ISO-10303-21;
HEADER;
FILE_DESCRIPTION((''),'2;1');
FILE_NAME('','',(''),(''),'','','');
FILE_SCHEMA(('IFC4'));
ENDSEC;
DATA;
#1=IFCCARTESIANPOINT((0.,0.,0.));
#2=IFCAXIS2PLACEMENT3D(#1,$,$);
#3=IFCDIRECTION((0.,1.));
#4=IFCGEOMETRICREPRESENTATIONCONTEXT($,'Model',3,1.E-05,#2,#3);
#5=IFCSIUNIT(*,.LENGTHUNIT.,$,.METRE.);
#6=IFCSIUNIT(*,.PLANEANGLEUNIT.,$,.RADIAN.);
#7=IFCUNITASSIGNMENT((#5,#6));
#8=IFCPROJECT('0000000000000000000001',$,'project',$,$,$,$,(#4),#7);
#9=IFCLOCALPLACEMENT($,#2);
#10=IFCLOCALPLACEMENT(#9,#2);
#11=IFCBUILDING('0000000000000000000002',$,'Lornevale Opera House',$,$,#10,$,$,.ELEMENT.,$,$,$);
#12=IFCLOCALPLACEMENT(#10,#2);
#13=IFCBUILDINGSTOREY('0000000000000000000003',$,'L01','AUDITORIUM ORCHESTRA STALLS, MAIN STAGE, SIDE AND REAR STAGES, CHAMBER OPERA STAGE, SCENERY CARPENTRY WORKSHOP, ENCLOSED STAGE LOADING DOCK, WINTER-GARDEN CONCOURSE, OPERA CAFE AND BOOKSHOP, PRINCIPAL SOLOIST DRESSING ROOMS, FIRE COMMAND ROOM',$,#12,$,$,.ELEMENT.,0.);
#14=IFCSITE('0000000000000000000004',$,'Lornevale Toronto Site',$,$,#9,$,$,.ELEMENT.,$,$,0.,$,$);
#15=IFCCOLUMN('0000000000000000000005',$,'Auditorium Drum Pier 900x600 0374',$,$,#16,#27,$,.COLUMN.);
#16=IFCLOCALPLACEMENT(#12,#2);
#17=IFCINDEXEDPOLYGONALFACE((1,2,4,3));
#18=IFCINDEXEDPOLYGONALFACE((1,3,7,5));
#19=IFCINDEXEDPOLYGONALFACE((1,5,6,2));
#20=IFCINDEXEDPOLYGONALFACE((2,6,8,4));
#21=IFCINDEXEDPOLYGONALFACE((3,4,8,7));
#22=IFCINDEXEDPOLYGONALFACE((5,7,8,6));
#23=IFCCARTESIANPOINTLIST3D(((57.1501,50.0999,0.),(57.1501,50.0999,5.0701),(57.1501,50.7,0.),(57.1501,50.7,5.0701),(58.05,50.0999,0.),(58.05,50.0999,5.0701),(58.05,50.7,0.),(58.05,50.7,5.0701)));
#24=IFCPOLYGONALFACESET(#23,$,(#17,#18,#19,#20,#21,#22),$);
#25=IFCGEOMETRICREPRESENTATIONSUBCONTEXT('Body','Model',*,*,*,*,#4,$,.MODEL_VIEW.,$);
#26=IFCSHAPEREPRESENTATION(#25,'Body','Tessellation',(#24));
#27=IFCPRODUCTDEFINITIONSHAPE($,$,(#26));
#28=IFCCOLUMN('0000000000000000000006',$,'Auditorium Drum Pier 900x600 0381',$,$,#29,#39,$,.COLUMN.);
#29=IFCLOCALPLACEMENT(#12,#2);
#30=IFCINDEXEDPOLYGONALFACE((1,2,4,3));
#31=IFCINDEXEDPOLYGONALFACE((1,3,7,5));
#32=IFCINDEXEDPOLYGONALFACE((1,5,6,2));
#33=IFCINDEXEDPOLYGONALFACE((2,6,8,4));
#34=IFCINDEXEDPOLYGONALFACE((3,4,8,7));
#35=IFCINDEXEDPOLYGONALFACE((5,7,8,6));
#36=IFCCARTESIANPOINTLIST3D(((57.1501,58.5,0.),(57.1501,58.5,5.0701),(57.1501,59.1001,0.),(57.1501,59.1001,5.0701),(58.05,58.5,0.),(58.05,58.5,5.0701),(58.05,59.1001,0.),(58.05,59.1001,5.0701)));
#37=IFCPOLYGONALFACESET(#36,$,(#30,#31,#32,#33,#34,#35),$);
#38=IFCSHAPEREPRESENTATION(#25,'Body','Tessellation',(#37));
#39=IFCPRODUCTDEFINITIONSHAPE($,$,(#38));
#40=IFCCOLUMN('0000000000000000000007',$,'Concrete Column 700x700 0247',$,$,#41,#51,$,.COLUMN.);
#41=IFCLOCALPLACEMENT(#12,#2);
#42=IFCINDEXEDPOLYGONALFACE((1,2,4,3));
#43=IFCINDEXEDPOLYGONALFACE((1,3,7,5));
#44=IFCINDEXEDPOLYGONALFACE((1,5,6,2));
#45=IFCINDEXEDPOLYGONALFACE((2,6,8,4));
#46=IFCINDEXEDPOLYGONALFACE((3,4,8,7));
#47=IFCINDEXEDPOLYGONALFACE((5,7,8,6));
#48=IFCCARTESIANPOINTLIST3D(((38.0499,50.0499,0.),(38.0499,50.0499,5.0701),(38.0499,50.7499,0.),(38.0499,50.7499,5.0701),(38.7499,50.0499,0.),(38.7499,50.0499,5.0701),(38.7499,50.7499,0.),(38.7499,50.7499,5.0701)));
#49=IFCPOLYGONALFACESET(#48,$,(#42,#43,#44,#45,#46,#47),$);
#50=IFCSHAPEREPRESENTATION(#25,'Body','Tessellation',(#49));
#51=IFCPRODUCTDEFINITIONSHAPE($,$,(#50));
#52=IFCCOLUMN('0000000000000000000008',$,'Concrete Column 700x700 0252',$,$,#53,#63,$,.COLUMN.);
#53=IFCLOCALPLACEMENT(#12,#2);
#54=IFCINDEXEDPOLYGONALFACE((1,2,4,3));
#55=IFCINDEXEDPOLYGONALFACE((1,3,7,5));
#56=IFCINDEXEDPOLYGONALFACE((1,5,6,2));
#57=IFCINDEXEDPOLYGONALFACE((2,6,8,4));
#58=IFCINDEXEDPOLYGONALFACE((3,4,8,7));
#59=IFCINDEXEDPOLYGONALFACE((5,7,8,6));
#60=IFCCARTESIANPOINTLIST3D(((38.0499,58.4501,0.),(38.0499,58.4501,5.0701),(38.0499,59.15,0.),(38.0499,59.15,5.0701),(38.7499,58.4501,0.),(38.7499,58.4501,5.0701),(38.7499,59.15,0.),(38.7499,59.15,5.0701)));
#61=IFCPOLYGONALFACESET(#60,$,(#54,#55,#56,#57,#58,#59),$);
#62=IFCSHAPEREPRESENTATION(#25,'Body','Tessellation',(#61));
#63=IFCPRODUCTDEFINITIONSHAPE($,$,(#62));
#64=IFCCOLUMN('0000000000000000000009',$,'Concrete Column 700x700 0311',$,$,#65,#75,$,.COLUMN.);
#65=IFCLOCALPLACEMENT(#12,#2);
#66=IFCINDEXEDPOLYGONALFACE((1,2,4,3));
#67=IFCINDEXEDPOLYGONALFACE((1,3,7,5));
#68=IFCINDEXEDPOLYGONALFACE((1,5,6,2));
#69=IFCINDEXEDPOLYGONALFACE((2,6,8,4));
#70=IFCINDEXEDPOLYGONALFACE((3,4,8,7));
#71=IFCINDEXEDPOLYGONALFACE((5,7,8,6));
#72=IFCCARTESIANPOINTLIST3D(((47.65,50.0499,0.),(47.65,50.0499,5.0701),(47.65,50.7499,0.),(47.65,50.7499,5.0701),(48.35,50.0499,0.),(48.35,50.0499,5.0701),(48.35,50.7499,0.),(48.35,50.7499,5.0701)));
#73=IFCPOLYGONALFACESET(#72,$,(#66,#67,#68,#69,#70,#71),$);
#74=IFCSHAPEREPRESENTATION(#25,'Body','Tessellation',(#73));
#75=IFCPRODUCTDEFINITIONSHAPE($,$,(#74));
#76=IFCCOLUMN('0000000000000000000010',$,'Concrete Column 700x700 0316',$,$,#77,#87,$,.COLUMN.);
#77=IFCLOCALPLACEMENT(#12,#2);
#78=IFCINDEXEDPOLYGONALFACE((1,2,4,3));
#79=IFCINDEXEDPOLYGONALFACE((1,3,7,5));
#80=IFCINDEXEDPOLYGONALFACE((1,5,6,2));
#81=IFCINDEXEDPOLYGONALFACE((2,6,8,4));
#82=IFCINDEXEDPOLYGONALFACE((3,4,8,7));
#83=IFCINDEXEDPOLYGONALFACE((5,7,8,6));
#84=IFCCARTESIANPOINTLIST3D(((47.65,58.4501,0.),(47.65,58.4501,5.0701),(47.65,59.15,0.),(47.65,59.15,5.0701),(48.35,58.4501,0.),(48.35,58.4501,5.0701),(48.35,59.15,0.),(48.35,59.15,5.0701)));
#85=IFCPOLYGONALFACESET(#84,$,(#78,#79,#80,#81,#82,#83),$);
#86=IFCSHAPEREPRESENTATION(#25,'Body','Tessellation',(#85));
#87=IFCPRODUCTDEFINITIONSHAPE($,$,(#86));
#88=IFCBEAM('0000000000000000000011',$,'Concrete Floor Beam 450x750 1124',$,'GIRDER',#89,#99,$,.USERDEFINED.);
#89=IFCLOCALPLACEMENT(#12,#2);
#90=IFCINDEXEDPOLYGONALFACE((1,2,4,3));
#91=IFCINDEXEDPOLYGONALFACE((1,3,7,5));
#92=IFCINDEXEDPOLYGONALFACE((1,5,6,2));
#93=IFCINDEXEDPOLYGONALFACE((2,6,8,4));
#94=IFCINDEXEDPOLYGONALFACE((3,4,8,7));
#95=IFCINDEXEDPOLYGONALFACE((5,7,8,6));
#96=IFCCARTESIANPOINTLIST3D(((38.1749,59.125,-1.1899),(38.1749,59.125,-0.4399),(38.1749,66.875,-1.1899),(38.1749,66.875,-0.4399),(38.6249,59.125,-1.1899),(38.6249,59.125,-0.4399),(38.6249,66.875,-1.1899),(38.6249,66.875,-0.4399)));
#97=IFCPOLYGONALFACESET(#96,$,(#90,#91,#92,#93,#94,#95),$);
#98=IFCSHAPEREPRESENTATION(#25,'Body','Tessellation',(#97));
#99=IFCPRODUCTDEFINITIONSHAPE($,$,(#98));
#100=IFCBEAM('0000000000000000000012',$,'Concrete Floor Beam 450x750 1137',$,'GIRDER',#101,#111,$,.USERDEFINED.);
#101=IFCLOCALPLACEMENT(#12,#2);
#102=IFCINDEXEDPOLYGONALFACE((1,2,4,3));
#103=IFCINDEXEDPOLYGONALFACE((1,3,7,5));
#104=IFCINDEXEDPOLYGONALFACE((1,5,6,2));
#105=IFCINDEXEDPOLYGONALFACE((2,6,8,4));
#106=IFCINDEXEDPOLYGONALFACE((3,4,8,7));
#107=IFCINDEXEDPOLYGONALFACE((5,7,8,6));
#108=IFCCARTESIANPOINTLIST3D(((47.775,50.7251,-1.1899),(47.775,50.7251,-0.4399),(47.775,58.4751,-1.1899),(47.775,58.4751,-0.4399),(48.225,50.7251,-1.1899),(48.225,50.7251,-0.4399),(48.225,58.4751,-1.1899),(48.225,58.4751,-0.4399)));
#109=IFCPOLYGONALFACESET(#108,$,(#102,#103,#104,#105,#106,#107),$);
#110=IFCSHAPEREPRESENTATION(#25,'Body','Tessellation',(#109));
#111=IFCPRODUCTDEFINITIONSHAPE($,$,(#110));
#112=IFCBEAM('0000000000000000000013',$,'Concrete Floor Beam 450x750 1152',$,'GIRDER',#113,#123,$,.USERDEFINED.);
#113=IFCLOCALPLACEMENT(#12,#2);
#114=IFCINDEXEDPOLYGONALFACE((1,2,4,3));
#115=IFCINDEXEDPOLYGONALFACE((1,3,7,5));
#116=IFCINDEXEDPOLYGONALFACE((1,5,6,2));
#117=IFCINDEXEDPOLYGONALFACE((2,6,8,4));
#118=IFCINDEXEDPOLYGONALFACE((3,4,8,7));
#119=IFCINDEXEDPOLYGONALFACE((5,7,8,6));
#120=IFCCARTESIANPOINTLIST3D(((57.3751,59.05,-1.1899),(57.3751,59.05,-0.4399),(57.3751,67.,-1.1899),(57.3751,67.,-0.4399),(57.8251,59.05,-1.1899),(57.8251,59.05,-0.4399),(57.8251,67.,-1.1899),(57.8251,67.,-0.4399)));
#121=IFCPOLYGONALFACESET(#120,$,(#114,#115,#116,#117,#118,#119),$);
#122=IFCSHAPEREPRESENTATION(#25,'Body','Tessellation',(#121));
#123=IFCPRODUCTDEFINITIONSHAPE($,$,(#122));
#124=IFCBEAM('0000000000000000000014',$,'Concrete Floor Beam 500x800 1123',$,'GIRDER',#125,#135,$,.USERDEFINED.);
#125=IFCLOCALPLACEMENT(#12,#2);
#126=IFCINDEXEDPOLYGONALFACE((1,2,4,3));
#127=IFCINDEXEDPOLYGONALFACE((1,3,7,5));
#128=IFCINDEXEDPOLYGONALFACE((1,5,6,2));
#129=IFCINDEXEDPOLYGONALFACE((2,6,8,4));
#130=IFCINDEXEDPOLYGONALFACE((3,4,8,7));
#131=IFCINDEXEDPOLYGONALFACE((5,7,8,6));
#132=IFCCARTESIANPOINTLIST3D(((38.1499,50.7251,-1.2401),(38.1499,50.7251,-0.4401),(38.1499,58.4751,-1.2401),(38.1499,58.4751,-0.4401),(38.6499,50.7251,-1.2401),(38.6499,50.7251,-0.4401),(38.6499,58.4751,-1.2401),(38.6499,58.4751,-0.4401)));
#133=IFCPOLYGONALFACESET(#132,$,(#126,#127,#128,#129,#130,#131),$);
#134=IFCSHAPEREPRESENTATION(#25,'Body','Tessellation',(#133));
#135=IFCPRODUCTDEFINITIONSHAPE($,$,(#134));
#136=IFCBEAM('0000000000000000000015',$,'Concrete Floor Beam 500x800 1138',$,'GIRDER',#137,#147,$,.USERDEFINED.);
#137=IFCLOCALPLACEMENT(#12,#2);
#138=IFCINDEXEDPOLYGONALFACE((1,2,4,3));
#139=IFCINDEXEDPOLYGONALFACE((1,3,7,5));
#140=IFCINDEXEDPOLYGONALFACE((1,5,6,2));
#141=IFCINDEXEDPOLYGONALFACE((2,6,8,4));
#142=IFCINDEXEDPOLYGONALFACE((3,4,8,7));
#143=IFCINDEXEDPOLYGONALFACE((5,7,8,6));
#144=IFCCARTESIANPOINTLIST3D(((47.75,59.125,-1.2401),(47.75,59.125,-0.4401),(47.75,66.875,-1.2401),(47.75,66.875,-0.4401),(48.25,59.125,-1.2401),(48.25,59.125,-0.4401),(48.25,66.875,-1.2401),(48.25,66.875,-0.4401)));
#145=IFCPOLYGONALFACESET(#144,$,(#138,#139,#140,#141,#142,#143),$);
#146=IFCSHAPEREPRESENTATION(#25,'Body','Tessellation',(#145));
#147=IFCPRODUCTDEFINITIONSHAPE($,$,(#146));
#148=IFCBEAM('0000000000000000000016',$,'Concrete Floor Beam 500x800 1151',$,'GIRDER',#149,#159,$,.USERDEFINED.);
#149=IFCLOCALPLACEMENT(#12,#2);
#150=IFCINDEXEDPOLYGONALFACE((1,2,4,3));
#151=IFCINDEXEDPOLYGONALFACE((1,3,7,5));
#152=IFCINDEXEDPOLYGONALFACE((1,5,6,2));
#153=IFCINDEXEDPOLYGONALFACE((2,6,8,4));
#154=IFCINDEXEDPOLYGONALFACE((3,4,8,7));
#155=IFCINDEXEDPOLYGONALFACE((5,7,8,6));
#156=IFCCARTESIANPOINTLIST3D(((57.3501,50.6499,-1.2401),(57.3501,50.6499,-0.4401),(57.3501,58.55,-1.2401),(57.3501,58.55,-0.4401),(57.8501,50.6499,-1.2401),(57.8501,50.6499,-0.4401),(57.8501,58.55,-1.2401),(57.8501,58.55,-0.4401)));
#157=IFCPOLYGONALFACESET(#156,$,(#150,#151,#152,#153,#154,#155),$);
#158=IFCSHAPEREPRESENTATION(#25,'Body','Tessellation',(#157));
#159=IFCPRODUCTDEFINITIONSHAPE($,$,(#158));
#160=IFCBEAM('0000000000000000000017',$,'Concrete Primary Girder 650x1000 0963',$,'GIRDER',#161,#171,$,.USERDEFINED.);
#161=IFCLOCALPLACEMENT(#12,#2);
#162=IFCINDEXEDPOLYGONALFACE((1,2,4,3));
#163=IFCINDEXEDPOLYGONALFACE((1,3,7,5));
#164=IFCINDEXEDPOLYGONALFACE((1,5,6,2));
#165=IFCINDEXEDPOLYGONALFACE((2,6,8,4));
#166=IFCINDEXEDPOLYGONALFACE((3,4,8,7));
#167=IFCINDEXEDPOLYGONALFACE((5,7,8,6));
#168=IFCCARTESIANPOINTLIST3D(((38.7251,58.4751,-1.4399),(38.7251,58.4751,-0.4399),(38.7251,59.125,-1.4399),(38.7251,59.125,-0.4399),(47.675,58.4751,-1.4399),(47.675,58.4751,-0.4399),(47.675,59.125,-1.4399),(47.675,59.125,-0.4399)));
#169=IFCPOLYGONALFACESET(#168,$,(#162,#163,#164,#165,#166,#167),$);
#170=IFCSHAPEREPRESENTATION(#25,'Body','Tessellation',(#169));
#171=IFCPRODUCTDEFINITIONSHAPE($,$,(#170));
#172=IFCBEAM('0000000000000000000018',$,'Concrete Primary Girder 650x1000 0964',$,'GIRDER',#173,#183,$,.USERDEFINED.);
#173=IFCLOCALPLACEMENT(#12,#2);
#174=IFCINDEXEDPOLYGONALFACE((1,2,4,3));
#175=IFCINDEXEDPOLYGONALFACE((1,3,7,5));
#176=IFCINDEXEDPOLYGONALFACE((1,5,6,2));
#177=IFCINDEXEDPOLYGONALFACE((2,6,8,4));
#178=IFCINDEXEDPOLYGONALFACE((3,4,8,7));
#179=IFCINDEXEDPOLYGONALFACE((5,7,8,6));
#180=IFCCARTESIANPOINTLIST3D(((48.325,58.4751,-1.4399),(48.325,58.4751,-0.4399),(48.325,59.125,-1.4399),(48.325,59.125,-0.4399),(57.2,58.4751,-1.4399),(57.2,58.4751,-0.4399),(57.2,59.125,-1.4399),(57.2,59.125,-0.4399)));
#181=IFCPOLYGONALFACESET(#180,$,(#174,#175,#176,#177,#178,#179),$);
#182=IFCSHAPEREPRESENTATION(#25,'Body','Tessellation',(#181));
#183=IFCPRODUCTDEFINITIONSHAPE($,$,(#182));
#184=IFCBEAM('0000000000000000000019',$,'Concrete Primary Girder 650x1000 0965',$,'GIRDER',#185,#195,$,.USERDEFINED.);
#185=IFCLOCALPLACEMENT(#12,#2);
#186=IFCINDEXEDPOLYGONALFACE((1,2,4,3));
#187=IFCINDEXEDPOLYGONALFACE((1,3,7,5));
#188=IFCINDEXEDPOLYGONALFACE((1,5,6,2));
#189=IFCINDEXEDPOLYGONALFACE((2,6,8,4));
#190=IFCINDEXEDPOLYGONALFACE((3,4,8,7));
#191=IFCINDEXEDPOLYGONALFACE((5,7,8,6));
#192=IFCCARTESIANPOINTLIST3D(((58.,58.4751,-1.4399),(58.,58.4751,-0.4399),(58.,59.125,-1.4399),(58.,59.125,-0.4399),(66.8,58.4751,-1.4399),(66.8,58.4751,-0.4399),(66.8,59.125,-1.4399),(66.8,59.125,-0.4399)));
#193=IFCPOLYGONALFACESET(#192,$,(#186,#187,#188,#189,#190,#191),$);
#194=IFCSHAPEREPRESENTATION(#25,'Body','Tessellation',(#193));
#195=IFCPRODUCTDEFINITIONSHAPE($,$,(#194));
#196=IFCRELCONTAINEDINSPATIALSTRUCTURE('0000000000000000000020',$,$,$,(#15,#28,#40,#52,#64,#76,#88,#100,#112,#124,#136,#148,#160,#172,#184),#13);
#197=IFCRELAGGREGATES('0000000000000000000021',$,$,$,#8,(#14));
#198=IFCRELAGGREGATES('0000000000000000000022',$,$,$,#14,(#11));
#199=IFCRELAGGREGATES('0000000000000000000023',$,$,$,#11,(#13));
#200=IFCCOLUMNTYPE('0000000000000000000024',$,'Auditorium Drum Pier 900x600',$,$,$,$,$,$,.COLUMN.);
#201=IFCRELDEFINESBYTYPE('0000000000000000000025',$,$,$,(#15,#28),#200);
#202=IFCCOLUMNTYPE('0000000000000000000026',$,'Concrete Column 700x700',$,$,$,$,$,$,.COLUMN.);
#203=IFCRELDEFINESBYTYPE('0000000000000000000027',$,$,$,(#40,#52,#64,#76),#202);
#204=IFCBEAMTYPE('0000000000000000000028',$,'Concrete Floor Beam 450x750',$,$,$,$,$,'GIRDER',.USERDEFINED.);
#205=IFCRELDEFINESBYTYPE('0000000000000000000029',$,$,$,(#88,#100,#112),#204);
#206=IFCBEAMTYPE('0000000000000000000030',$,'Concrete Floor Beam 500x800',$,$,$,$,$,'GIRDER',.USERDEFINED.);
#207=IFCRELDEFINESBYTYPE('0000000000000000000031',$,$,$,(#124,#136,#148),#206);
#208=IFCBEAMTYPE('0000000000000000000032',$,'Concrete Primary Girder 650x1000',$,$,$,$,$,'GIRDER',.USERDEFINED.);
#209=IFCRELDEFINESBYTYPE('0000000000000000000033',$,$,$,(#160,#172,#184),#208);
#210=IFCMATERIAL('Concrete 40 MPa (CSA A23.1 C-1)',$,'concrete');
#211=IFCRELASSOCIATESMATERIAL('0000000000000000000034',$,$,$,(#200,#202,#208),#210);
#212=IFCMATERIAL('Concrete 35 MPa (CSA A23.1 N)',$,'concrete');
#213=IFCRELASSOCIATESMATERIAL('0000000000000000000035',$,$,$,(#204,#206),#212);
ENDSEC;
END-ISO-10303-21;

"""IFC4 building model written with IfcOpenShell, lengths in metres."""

from ifc_helpers import new_model, si_unit, direction, frame, origin, origin_2d, place, context, subcontext, project, spatial, rectangle, extrude, material, material_profile, profile_set, type_object, element, save


model = new_model("IFC4")

# Units and contexts
model_context = context("Model", 3, precision=1e-05, world=origin(), true_north=direction((0.0, 1.0)))
body_context = subcontext(model_context, "Body", "Model", "MODEL_VIEW")
ifc_project = project(units=[si_unit("LENGTHUNIT", "METRE"), si_unit("PLANEANGLEUNIT", "RADIAN")], contexts=[model_context])

# Site, building, storey
site_placement = place(None, origin())
site = spatial("IfcSite", under=ifc_project, at=site_placement, Name="Lornevale Toronto Site", CompositionType="ELEMENT", RefElevation=0.0)
building_placement = place(site_placement, origin())
building = spatial("IfcBuilding", under=site, at=building_placement, Name="Lornevale Opera House", CompositionType="ELEMENT")
storey_placement = place(building_placement, origin())
storey = spatial("IfcBuildingStorey", under=building, at=storey_placement, Name="L01", Description="AUDITORIUM ORCHESTRA STALLS, MAIN STAGE, SIDE AND REAR STAGES, CHAMBER OPERA STAGE, SCENERY CARPENTRY WORKSHOP, ENCLOSED STAGE LOADING DOCK, WINTER-GARDEN CONCOURSE, OPERA CAFE AND BOOKSHOP, PRINCIPAL SOLOIST DRESSING ROOMS, FIRE COMMAND ROOM", CompositionType="ELEMENT", Elevation=0.0)

# Columns
ifc_material_1 = material(Name="Concrete 40 MPa (CSA A23.1 C-1)", Category="concrete")
ifc_material_profile_1 = material_profile(ifc_material_1, rectangle(XDim=0.8999, YDim=0.6001, at=origin_2d()), Name="RC900x600")
ifc_profile_set_1 = profile_set([ifc_material_profile_1], Name="Concrete 40 MPa (CSA A23.1 C-1)")
column_type_1 = type_object("IfcColumnType", Name="Auditorium Drum Pier 900x600", PredefinedType="COLUMN", material=ifc_profile_set_1)
for number, where, z_axis, x_axis, name in (
    (1, (57.6001, 50.3999, 0.0), (0.0, 0.0, 1.0), (1.0, 0.0, 0.0), "Auditorium Drum Pier 900x600 0374"),
    (2, (57.6001, 58.8, 0.0), (0.0, 0.0, 1.0), (1.0, 0.0, 0.0), "Auditorium Drum Pier 900x600 0381"),
):
    element("IfcColumn", number, at=place(storey_placement, frame(where, z_axis=z_axis, x_axis=x_axis)), inside=storey, type_object=column_type_1, Name=name, PredefinedType="COLUMN", context=body_context, shape_type="SweptSolid", body=[
        extrude(rectangle(XDim=0.8999, YDim=0.6001, at=origin_2d()), origin(), (0.0, 0.0, 1.0), 5.0701),
    ])
ifc_material_profile_2 = material_profile(ifc_material_1, rectangle(XDim=0.7, YDim=0.7, at=origin_2d()), Name="RC700x700")
ifc_profile_set_2 = profile_set([ifc_material_profile_2], Name="Concrete 40 MPa (CSA A23.1 C-1)")
column_type_2 = type_object("IfcColumnType", Name="Concrete Column 700x700", PredefinedType="COLUMN", material=ifc_profile_set_2)
for number, where, z_axis, x_axis, name in (
    (3, (38.3999, 50.3999, 0.0), (0.0, 0.0, 1.0), (1.0, 0.0, 0.0), "Concrete Column 700x700 0247"),
    (4, (38.3999, 58.8, 0.0), (0.0, 0.0, 1.0), (1.0, 0.0, 0.0), "Concrete Column 700x700 0252"),
    (5, (48.0, 50.3999, 0.0), (0.0, 0.0, 1.0), (1.0, 0.0, 0.0), "Concrete Column 700x700 0311"),
    (6, (48.0, 58.8, 0.0), (0.0, 0.0, 1.0), (1.0, 0.0, 0.0), "Concrete Column 700x700 0316"),
):
    element("IfcColumn", number, at=place(storey_placement, frame(where, z_axis=z_axis, x_axis=x_axis)), inside=storey, type_object=column_type_2, Name=name, PredefinedType="COLUMN", context=body_context, shape_type="SweptSolid", body=[
        extrude(rectangle(XDim=0.7, YDim=0.7, at=origin_2d()), origin(), (0.0, 0.0, 1.0), 5.0701),
    ])

# Beams
ifc_material_2 = material(Name="Concrete 35 MPa (CSA A23.1 N)", Category="concrete")
ifc_material_profile_3 = material_profile(ifc_material_2, rectangle(XDim=0.45, YDim=0.75, at=origin_2d()), Name="RC450x750")
ifc_profile_set_3 = profile_set([ifc_material_profile_3], Name="Concrete 35 MPa (CSA A23.1 N)")
beam_type_1 = type_object("IfcBeamType", Name="Concrete Floor Beam 450x750", ElementType="GIRDER", PredefinedType="USERDEFINED", material=ifc_profile_set_3)
for number, where, z_axis, x_axis, name in (
    (7, (38.3999, 59.125, -0.8149), (0.0, 1.0, 0.0), (-1.0, 0.0, 0.0), "Concrete Floor Beam 450x750 1124"),
    (8, (48.0, 50.7251, -0.8149), (0.0, 1.0, 0.0), (-1.0, 0.0, 0.0), "Concrete Floor Beam 450x750 1137"),
):
    element("IfcBeam", number, at=place(storey_placement, frame(where, z_axis=z_axis, x_axis=x_axis)), inside=storey, type_object=beam_type_1, Name=name, ObjectType="GIRDER", PredefinedType="USERDEFINED", context=body_context, shape_type="SweptSolid", body=[
        extrude(rectangle(XDim=0.45, YDim=0.75, at=origin_2d()), origin(), (0.0, 0.0, 1.0), 7.75),
    ])
beam_1_placement = place(storey_placement, frame((57.6001, 59.05, -0.8149), z_axis=(0.0, 1.0, 0.0), x_axis=(-1.0, 0.0, 0.0)))
element("IfcBeam", 9, at=beam_1_placement, inside=storey, type_object=beam_type_1, Name="Concrete Floor Beam 450x750 1152", ObjectType="GIRDER", PredefinedType="USERDEFINED", context=body_context, shape_type="SweptSolid", body=[
    extrude(rectangle(XDim=0.45, YDim=0.75, at=origin_2d()), origin(), (0.0, 0.0, 1.0), 7.95),
])
ifc_material_profile_4 = material_profile(ifc_material_2, rectangle(XDim=0.5, YDim=0.8, at=origin_2d()), Name="RC500x800")
ifc_profile_set_4 = profile_set([ifc_material_profile_4], Name="Concrete 35 MPa (CSA A23.1 N)")
beam_type_2 = type_object("IfcBeamType", Name="Concrete Floor Beam 500x800", ElementType="GIRDER", PredefinedType="USERDEFINED", material=ifc_profile_set_4)
for number, where, z_axis, x_axis, name in (
    (10, (38.3999, 50.7251, -0.8401), (0.0, 1.0, 0.0), (-1.0, 0.0, 0.0), "Concrete Floor Beam 500x800 1123"),
    (11, (48.0, 59.125, -0.8401), (0.0, 1.0, 0.0), (-1.0, 0.0, 0.0), "Concrete Floor Beam 500x800 1138"),
):
    element("IfcBeam", number, at=place(storey_placement, frame(where, z_axis=z_axis, x_axis=x_axis)), inside=storey, type_object=beam_type_2, Name=name, ObjectType="GIRDER", PredefinedType="USERDEFINED", context=body_context, shape_type="SweptSolid", body=[
        extrude(rectangle(XDim=0.5, YDim=0.8, at=origin_2d()), origin(), (0.0, 0.0, 1.0), 7.75),
    ])
beam_2_placement = place(storey_placement, frame((57.6001, 50.6499, -0.8401), z_axis=(0.0, 1.0, 0.0), x_axis=(-1.0, 0.0, 0.0)))
element("IfcBeam", 12, at=beam_2_placement, inside=storey, type_object=beam_type_2, Name="Concrete Floor Beam 500x800 1151", ObjectType="GIRDER", PredefinedType="USERDEFINED", context=body_context, shape_type="SweptSolid", body=[
    extrude(rectangle(XDim=0.5, YDim=0.8, at=origin_2d()), origin(), (0.0, 0.0, 1.0), 7.9001),
])
ifc_material_profile_5 = material_profile(ifc_material_1, rectangle(XDim=0.6499, YDim=1.0, at=origin_2d()), Name="RC650x1000")
ifc_profile_set_5 = profile_set([ifc_material_profile_5], Name="Concrete 40 MPa (CSA A23.1 C-1)")
beam_type_3 = type_object("IfcBeamType", Name="Concrete Primary Girder 650x1000", ElementType="GIRDER", PredefinedType="USERDEFINED", material=ifc_profile_set_5)
beam_3_placement = place(storey_placement, frame((38.7251, 58.8, -0.9399), z_axis=(1.0, 0.0, 0.0), x_axis=(0.0, 1.0, 0.0)))
element("IfcBeam", 13, at=beam_3_placement, inside=storey, type_object=beam_type_3, Name="Concrete Primary Girder 650x1000 0963", ObjectType="GIRDER", PredefinedType="USERDEFINED", context=body_context, shape_type="SweptSolid", body=[
    extrude(rectangle(XDim=0.6499, YDim=1.0, at=origin_2d()), origin(), (0.0, 0.0, 1.0), 8.95),
])
beam_4_placement = place(storey_placement, frame((48.325, 58.8, -0.9399), z_axis=(1.0, 0.0, 0.0), x_axis=(0.0, 1.0, 0.0)))
element("IfcBeam", 14, at=beam_4_placement, inside=storey, type_object=beam_type_3, Name="Concrete Primary Girder 650x1000 0964", ObjectType="GIRDER", PredefinedType="USERDEFINED", context=body_context, shape_type="SweptSolid", body=[
    extrude(rectangle(XDim=0.6499, YDim=1.0, at=origin_2d()), origin(), (0.0, 0.0, 1.0), 8.875),
])
beam_5_placement = place(storey_placement, frame((58.0, 58.8, -0.9399), z_axis=(1.0, 0.0, 0.0), x_axis=(0.0, 1.0, 0.0)))
element("IfcBeam", 15, at=beam_5_placement, inside=storey, type_object=beam_type_3, Name="Concrete Primary Girder 650x1000 0965", ObjectType="GIRDER", PredefinedType="USERDEFINED", context=body_context, shape_type="SweptSolid", body=[
    extrude(rectangle(XDim=0.6499, YDim=1.0, at=origin_2d()), origin(), (0.0, 0.0, 1.0), 8.8),
])

save(model, "model.ifc")
